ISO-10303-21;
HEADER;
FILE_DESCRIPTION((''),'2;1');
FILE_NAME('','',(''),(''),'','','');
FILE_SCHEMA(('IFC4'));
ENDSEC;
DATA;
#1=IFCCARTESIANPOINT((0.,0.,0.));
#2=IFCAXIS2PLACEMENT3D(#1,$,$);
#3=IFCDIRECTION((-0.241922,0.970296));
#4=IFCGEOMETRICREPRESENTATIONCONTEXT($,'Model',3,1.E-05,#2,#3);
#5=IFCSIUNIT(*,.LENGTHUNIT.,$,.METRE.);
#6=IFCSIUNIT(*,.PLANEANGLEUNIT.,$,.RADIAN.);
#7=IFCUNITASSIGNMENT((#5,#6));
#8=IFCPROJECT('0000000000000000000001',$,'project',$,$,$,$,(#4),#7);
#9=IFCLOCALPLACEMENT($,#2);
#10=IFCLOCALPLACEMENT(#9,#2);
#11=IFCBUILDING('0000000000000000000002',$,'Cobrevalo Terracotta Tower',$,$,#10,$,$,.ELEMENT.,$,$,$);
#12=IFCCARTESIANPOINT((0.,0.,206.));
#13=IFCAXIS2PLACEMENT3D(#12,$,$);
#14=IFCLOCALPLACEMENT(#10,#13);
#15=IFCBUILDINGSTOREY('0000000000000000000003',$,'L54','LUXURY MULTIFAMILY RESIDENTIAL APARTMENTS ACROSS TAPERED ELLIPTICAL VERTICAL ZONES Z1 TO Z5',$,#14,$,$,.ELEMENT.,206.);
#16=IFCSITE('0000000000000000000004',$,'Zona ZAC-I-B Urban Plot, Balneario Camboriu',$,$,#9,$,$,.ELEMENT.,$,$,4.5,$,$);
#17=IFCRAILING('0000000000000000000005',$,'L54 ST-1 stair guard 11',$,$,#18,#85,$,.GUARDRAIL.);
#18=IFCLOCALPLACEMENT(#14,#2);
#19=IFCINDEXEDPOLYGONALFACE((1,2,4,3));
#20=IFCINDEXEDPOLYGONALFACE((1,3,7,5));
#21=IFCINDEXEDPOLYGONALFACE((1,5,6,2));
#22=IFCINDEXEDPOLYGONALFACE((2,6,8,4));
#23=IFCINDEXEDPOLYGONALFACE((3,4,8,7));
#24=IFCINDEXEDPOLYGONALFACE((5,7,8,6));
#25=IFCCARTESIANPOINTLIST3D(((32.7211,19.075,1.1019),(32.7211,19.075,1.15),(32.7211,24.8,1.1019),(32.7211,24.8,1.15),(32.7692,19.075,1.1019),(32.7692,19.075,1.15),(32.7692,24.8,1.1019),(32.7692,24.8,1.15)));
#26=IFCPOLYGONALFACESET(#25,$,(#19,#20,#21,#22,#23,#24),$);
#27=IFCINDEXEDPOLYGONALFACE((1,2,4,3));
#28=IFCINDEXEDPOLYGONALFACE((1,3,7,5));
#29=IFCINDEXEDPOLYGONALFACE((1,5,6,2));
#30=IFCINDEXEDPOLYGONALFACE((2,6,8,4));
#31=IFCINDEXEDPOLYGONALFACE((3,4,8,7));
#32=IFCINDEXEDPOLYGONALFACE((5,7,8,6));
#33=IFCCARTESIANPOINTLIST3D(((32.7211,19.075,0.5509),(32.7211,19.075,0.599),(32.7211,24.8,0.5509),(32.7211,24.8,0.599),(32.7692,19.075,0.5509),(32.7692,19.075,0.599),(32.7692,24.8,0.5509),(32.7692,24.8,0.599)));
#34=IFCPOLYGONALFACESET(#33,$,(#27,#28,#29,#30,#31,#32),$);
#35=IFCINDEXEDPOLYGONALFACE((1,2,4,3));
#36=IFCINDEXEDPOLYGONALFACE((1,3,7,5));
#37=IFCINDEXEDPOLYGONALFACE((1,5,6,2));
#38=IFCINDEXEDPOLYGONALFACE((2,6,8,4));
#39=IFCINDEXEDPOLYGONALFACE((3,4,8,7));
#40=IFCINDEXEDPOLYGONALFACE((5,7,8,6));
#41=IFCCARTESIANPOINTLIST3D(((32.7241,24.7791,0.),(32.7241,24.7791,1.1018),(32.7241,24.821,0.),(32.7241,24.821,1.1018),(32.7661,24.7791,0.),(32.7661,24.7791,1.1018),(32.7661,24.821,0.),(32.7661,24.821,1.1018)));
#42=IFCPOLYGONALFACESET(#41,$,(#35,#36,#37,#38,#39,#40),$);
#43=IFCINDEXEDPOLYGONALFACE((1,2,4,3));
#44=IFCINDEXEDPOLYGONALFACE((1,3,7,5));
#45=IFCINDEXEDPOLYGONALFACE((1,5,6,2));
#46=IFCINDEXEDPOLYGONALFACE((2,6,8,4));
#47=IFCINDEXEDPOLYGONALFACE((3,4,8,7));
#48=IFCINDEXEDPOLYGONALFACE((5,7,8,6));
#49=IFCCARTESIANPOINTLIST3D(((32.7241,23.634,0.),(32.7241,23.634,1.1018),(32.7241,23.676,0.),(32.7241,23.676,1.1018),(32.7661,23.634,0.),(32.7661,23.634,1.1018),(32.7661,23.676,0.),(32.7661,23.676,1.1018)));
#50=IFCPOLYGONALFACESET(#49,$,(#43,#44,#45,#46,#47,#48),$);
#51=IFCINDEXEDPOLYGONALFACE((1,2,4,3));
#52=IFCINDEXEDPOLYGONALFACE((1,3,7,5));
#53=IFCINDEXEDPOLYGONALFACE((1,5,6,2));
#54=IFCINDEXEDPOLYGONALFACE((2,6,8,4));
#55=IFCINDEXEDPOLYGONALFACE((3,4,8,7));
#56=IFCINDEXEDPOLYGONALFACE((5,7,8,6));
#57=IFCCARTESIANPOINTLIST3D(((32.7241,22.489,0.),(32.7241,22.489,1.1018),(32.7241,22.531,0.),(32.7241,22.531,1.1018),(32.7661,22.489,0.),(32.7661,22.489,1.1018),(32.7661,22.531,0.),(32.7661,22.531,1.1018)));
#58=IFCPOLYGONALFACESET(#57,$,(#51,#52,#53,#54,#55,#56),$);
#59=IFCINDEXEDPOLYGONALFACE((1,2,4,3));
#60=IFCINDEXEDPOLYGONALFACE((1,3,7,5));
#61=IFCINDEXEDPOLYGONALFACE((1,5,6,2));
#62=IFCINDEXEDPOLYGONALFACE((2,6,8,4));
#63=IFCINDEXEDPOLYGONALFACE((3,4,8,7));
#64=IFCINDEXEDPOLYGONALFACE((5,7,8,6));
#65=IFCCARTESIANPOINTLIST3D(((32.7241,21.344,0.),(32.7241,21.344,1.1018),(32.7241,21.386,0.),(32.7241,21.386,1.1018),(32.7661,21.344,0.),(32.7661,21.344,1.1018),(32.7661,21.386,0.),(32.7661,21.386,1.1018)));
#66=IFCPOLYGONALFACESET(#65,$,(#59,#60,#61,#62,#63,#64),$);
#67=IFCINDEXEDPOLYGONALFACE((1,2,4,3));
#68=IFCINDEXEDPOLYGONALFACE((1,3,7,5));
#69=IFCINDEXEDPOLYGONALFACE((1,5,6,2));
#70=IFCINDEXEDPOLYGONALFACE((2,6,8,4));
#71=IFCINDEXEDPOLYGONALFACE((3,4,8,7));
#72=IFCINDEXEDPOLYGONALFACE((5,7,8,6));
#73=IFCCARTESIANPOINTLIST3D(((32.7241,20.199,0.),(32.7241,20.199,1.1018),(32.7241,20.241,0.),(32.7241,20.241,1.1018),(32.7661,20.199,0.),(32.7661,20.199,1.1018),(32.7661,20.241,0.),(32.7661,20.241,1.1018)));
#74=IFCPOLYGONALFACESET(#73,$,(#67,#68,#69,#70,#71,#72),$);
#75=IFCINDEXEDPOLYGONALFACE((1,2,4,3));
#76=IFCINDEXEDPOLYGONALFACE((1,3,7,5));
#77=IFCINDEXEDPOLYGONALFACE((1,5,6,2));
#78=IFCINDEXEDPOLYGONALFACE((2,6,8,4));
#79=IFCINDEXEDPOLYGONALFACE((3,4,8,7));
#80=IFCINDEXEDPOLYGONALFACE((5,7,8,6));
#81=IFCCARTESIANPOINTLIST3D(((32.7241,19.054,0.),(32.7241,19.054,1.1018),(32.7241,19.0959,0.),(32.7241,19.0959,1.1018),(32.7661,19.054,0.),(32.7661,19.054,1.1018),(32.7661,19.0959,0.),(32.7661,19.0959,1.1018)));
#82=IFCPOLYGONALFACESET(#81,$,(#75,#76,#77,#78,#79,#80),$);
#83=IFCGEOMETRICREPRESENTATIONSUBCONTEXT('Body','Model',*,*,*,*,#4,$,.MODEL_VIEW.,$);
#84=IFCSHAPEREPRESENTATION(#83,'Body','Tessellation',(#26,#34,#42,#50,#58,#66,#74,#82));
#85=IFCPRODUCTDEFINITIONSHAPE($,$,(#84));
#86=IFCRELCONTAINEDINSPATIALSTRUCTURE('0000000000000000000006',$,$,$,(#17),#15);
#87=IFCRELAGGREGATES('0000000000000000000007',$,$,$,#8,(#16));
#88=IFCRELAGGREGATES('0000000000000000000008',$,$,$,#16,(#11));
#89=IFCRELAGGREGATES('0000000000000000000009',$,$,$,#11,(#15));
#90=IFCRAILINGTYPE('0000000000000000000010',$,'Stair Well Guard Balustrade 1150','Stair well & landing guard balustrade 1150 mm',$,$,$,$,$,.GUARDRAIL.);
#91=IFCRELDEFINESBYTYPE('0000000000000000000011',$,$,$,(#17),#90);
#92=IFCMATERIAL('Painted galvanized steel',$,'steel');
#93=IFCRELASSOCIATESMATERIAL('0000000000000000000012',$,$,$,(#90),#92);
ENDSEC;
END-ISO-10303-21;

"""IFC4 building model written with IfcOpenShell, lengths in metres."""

from ifc_helpers import new_model, si_unit, direction, frame, origin, origin_2d, place, context, subcontext, project, spatial, rectangle, extrude, material, type_object, element, save


model = new_model("IFC4")

# Units and contexts
model_context = context("Model", 3, precision=1e-05, world=origin(), true_north=direction((-0.241922, 0.970296)))
body_context = subcontext(model_context, "Body", "Model", "MODEL_VIEW")
ifc_project = project(units=[si_unit("LENGTHUNIT", "METRE"), si_unit("PLANEANGLEUNIT", "RADIAN")], contexts=[model_context])

# Site, building, storey
site_placement = place(None, origin())
site = spatial("IfcSite", under=ifc_project, at=site_placement, Name="Zona ZAC-I-B Urban Plot, Balneario Camboriu", CompositionType="ELEMENT", RefElevation=4.5)
building_placement = place(site_placement, origin())
building = spatial("IfcBuilding", under=site, at=building_placement, Name="Cobrevalo Terracotta Tower", CompositionType="ELEMENT")
storey_placement = place(building_placement, frame((0.0, 0.0, 206.0)))
storey = spatial("IfcBuildingStorey", under=building, at=storey_placement, Name="L54", Description="LUXURY MULTIFAMILY RESIDENTIAL APARTMENTS ACROSS TAPERED ELLIPTICAL VERTICAL ZONES Z1 TO Z5", CompositionType="ELEMENT", Elevation=206.0)

# Railing
ifc_material_1 = material(Name="Painted galvanized steel", Category="steel")
railing_type_1 = type_object("IfcRailingType", Name="Stair Well Guard Balustrade 1150", Description="Stair well & landing guard balustrade 1150 mm", PredefinedType="GUARDRAIL", material=ifc_material_1)
for number, where, name in (
    (1, (32.7451, 24.8, 0.0), "L54 ST-1 stair guard 11"),
):
    element("IfcRailing", number, at=place(storey_placement, frame(where)), inside=storey, type_object=railing_type_1, Name=name, PredefinedType="GUARDRAIL", context=body_context, shape_type="SweptSolid", body=[
        extrude(rectangle(XDim=0.0481, YDim=0.0481, at=origin_2d()), frame((0.0, 0.0, 1.126), z_axis=(0.0, -1.0, 0.0), x_axis=(1.0, 0.0, 0.0)), (0.0, 0.0, 1.0), 5.7251),
        extrude(rectangle(XDim=0.0481, YDim=0.0481, at=origin_2d()), frame((0.0, 0.0, 0.575), z_axis=(0.0, -1.0, 0.0), x_axis=(1.0, 0.0, 0.0)), (0.0, 0.0, 1.0), 5.7251),
        extrude(rectangle(XDim=0.042, YDim=0.042, at=origin_2d()), origin(), (0.0, 0.0, 1.0), 1.1018),
        extrude(rectangle(XDim=0.042, YDim=0.042, at=origin_2d()), frame((0.0, -1.145, 0.0)), (0.0, 0.0, 1.0), 1.1018),
        extrude(rectangle(XDim=0.042, YDim=0.042, at=origin_2d()), frame((0.0, -2.29, 0.0)), (0.0, 0.0, 1.0), 1.1018),
        extrude(rectangle(XDim=0.042, YDim=0.042, at=origin_2d()), frame((0.0, -3.4351, 0.0)), (0.0, 0.0, 1.0), 1.1018),
        extrude(rectangle(XDim=0.042, YDim=0.042, at=origin_2d()), frame((0.0, -4.5801, 0.0)), (0.0, 0.0, 1.0), 1.1018),
        extrude(rectangle(XDim=0.042, YDim=0.042, at=origin_2d()), frame((0.0, -5.7251, 0.0)), (0.0, 0.0, 1.0), 1.1018),
    ])

save(model, "model.ifc")
